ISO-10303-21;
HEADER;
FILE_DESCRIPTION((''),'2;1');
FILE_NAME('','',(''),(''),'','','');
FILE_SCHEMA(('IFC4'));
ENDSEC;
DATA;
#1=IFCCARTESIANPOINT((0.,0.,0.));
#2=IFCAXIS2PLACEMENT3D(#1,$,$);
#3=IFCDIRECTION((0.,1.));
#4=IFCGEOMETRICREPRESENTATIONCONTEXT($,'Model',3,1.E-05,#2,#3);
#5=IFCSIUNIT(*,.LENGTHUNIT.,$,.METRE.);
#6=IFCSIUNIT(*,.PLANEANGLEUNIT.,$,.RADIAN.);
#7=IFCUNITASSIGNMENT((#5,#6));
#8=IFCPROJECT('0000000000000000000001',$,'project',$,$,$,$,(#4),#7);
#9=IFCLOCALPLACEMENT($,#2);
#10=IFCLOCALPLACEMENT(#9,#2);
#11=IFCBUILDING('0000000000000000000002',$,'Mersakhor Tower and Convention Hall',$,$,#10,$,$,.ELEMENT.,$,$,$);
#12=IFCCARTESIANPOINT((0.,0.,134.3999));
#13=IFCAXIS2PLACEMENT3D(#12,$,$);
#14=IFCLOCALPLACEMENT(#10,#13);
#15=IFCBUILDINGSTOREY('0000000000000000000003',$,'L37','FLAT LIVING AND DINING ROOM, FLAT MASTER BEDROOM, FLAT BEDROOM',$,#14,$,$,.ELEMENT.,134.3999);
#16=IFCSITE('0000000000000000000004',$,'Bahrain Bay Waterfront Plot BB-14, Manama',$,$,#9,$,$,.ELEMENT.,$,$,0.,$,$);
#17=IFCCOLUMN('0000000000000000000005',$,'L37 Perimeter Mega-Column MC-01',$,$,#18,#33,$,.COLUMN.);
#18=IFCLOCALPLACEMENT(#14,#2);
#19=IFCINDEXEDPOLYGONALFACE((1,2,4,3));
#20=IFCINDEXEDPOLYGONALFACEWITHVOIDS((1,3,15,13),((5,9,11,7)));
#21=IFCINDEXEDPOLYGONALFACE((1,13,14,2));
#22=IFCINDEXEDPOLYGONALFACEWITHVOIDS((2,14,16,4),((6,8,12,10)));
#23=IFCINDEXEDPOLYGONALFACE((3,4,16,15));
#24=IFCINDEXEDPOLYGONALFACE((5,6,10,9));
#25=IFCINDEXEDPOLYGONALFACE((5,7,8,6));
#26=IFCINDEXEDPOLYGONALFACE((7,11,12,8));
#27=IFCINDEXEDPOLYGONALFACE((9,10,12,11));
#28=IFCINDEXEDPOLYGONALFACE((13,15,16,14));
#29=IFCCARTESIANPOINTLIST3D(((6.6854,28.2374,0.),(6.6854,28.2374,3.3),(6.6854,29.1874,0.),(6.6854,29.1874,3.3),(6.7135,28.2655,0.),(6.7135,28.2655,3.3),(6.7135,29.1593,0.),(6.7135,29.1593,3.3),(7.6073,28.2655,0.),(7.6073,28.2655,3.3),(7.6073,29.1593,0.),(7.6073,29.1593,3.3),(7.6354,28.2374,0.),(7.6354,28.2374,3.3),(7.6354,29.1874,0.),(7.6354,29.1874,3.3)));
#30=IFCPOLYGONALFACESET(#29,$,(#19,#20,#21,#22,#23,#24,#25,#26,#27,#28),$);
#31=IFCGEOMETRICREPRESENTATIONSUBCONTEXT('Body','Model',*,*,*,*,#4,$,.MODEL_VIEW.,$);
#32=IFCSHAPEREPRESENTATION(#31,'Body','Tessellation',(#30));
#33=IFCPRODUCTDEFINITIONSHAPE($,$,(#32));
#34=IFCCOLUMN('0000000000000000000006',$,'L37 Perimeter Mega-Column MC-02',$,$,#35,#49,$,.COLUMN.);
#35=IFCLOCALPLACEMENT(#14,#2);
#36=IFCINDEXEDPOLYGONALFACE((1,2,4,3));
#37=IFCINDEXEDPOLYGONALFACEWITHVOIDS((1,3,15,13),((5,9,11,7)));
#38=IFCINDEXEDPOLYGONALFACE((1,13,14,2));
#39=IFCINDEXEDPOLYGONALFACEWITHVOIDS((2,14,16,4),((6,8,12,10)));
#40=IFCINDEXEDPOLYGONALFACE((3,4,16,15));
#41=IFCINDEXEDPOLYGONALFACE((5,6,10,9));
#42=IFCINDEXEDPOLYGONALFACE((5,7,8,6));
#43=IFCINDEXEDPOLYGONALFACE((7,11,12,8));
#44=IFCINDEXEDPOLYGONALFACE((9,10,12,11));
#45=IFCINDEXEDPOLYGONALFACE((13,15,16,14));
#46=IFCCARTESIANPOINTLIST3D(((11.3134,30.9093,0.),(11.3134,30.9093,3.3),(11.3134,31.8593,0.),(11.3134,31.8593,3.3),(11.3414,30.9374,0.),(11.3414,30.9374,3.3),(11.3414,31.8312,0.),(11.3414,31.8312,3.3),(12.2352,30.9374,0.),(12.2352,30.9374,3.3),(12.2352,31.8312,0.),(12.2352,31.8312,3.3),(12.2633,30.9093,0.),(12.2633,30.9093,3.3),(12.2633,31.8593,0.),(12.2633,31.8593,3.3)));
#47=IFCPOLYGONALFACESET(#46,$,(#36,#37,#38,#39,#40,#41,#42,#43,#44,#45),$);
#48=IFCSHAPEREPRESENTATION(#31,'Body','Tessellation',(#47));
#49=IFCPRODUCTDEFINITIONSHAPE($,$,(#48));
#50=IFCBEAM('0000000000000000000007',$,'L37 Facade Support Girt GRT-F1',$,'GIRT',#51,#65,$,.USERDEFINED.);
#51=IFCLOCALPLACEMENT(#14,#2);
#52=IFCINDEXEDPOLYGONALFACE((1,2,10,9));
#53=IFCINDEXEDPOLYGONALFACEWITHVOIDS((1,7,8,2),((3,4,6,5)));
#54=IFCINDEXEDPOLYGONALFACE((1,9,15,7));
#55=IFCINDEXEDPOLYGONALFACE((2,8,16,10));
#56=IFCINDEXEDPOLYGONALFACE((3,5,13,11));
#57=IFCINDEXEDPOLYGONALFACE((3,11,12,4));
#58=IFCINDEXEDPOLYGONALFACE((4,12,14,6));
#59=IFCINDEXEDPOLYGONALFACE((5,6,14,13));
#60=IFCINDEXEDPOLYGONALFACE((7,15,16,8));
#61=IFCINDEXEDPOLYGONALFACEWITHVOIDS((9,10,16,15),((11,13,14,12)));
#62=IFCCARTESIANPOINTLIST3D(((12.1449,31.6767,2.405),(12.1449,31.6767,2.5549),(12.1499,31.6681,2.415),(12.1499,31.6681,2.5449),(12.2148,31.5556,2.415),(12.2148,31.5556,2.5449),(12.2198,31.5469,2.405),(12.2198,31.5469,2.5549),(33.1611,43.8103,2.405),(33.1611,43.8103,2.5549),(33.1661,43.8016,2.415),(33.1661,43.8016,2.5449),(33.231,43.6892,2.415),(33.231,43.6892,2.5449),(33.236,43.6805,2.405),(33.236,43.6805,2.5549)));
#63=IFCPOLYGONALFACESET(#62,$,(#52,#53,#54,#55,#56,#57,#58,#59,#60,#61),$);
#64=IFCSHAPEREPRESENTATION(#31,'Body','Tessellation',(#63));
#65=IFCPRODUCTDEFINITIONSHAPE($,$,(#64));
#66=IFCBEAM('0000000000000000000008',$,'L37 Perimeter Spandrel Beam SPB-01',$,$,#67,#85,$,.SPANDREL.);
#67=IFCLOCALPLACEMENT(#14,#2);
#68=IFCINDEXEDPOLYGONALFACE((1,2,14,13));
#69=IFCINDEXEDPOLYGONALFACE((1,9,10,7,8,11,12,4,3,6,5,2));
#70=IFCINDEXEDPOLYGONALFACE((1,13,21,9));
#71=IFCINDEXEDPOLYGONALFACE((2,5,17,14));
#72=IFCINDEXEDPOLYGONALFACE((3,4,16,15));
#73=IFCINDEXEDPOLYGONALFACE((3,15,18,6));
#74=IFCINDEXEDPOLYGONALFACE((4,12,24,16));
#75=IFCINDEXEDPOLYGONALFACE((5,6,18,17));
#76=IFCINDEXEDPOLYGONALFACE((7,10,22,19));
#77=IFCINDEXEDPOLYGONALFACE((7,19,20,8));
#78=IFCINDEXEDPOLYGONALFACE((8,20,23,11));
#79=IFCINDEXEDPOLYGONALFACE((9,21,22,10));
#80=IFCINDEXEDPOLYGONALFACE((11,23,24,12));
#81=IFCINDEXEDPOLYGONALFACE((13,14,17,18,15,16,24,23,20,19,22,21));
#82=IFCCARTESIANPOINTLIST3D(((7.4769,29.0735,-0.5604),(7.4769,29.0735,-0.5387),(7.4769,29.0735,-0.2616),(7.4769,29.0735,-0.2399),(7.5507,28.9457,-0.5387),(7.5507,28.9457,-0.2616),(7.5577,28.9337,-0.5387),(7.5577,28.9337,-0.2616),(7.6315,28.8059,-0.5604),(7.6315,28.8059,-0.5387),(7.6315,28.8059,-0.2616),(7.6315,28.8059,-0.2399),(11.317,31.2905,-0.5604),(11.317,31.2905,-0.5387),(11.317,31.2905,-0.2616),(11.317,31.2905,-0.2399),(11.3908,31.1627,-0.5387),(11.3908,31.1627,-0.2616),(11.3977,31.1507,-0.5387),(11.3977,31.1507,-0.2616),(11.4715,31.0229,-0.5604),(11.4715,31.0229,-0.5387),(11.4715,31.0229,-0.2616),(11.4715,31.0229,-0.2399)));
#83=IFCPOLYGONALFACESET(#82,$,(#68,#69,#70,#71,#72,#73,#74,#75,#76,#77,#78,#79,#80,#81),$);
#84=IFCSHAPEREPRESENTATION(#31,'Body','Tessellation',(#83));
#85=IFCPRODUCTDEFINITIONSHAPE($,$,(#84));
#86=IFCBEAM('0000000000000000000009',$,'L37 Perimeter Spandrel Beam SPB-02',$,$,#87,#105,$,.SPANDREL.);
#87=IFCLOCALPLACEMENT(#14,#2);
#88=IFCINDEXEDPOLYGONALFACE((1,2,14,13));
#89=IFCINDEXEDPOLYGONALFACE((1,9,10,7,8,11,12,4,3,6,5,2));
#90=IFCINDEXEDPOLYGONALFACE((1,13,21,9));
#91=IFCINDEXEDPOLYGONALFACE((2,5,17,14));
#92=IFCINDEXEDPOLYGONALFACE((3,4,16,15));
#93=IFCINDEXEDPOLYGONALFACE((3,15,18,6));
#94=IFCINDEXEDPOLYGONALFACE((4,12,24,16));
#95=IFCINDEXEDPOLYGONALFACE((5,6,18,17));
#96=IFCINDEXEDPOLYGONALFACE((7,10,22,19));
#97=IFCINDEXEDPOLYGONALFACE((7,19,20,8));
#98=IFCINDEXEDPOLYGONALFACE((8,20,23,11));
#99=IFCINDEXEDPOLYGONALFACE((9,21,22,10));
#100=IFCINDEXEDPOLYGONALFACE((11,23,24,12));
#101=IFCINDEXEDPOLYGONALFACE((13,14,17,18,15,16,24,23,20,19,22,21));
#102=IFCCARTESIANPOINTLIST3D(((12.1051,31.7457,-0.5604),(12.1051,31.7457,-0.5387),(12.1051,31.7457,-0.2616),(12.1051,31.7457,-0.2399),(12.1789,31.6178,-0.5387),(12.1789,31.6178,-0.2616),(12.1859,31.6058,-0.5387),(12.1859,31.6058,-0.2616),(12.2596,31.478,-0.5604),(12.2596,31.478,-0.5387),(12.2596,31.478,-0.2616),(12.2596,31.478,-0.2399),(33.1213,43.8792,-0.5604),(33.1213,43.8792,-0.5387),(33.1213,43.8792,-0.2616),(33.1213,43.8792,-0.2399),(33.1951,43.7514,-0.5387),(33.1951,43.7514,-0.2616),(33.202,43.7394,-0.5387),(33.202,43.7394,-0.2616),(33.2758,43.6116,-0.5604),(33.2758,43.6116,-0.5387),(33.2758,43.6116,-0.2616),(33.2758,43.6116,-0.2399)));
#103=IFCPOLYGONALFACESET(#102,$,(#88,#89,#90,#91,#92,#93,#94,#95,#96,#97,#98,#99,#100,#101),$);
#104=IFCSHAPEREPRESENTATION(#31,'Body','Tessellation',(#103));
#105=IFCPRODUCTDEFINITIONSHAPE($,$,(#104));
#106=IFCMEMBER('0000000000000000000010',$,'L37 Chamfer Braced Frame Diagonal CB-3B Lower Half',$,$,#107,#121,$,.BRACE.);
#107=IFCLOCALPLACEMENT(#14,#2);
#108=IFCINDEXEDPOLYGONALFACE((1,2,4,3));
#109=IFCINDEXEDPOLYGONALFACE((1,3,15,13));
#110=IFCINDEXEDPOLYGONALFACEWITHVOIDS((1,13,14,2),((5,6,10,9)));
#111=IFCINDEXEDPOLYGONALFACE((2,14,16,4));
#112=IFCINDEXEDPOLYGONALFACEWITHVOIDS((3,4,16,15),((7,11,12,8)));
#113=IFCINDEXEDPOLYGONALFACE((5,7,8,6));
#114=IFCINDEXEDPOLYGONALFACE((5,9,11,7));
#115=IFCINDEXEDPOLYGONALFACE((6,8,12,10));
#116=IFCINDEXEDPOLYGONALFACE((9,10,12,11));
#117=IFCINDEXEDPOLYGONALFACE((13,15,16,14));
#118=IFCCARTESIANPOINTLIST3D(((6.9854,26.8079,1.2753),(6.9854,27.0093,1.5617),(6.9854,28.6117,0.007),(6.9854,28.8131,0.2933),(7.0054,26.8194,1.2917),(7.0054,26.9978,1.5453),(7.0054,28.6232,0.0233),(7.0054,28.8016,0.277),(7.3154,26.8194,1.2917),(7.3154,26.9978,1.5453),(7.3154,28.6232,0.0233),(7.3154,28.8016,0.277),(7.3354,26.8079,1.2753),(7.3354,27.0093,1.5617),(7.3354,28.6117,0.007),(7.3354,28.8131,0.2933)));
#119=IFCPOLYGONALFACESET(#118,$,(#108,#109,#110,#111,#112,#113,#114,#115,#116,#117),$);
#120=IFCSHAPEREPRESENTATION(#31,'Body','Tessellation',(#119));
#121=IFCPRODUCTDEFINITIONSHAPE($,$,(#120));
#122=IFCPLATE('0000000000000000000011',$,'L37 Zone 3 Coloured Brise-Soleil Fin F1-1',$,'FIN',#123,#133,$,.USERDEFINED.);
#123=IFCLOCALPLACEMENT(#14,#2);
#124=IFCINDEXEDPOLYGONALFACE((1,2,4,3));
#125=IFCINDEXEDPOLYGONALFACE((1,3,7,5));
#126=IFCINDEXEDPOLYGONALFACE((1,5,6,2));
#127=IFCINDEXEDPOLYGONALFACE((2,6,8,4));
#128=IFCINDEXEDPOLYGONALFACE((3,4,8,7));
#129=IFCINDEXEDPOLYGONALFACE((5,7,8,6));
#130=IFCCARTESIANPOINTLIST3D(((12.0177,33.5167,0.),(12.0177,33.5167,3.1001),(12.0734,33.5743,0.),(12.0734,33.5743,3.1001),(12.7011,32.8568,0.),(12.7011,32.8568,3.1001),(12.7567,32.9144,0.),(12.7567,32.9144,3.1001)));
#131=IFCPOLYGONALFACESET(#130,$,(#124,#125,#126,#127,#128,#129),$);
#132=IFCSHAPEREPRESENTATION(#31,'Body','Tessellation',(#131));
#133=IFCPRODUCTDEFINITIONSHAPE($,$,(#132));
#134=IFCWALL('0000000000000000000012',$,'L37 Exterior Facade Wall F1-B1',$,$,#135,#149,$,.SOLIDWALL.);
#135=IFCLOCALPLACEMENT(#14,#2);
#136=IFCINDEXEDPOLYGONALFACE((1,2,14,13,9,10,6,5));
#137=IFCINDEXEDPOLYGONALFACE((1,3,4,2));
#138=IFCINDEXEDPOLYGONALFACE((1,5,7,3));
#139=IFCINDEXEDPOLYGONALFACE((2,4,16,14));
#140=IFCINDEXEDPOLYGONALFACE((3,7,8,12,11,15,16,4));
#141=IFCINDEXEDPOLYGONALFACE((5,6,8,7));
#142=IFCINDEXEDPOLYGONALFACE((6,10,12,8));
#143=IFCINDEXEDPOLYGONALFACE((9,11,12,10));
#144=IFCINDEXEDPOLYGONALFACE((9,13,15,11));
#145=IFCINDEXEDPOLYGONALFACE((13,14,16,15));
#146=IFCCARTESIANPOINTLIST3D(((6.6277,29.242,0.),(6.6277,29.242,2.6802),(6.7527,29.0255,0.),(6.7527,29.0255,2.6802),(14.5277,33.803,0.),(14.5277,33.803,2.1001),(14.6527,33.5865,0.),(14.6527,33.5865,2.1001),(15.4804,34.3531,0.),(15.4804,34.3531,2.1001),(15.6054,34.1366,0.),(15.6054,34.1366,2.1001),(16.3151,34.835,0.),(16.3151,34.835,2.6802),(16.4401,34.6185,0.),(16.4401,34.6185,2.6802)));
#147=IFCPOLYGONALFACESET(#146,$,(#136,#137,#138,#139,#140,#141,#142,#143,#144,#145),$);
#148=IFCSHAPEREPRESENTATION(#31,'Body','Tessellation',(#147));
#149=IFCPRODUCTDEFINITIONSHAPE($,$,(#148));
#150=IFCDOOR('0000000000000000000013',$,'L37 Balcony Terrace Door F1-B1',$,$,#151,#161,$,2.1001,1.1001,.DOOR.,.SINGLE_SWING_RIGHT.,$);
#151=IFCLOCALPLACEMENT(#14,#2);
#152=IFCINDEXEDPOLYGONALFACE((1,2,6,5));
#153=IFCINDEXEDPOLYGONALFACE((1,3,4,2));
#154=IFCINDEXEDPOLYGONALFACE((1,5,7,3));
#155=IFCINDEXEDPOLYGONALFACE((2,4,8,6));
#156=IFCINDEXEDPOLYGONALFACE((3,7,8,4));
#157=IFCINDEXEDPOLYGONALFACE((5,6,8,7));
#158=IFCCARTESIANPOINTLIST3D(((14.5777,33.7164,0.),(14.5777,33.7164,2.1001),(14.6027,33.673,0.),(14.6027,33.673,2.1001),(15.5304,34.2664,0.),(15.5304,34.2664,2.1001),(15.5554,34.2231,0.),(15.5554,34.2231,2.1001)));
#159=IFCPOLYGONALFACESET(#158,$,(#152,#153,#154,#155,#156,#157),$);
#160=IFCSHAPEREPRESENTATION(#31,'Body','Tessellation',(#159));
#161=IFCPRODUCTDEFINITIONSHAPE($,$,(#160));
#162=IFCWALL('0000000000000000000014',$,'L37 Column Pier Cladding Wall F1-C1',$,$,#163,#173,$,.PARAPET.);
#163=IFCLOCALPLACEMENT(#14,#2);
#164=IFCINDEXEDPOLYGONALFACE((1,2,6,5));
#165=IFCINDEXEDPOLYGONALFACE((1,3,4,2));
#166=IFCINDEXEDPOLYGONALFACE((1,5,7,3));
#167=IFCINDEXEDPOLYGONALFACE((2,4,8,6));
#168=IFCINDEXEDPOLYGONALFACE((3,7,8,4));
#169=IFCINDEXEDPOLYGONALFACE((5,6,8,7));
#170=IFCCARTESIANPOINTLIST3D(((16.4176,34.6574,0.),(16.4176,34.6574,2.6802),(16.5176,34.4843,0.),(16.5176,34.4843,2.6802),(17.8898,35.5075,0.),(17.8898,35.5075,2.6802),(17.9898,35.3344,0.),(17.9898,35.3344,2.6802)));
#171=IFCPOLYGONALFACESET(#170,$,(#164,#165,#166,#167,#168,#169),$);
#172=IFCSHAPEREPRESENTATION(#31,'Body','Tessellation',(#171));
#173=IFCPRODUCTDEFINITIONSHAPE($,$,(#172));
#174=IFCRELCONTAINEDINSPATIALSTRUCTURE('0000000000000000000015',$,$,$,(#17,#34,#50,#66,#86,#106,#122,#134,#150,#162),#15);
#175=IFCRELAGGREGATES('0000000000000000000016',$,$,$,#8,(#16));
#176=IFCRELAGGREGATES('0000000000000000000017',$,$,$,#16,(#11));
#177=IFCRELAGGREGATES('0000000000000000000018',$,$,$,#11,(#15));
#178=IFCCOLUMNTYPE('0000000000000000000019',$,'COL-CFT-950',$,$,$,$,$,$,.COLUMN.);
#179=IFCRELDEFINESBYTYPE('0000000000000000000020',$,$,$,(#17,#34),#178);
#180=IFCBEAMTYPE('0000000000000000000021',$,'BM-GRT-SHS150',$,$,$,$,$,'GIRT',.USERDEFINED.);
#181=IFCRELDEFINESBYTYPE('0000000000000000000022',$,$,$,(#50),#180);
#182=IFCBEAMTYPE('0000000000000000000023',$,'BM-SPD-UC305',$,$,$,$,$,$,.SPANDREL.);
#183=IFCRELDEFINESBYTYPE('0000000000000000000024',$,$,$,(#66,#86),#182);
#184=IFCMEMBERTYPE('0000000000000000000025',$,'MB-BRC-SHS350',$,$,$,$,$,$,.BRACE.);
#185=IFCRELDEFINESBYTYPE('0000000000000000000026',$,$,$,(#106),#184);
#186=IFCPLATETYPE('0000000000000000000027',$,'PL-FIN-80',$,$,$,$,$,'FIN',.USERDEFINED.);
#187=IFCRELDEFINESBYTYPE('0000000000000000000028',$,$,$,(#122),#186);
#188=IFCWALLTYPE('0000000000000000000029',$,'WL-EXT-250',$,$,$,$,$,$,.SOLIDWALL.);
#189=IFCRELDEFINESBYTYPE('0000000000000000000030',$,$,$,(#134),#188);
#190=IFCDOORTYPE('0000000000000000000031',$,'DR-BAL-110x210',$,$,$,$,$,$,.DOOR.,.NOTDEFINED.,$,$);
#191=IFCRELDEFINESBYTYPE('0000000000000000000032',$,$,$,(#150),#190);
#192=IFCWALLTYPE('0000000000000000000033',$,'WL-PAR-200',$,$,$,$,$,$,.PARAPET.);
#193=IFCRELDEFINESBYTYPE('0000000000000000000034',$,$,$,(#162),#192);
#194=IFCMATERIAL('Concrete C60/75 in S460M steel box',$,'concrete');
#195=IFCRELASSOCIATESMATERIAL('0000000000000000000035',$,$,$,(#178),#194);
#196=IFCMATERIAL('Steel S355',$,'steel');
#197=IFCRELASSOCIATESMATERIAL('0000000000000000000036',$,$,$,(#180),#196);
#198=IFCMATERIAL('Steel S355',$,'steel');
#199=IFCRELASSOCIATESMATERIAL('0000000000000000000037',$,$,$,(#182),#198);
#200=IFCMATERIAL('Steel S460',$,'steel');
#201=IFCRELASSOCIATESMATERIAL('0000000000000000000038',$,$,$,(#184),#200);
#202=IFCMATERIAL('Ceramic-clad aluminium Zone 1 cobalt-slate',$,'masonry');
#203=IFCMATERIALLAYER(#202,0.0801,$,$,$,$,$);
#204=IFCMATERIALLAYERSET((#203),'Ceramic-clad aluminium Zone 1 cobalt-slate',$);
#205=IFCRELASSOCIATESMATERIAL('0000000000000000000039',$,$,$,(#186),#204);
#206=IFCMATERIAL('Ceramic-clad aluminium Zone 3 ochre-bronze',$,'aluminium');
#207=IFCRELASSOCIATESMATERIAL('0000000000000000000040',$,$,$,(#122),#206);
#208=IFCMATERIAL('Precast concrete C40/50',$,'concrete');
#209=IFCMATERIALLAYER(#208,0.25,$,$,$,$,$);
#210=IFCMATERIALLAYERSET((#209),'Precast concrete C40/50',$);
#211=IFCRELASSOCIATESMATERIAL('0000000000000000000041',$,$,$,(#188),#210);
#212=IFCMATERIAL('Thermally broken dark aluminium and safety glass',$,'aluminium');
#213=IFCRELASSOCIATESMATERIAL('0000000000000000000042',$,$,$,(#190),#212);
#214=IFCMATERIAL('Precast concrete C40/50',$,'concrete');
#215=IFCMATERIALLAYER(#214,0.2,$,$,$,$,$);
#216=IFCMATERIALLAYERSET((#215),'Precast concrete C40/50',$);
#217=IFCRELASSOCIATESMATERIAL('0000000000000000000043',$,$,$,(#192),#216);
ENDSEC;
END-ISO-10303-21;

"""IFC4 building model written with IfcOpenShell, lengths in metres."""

from ifc_helpers import new_model, si_unit, direction, frame, frame_2d, origin, origin_2d, place, context, subcontext, project, spatial, rectangle, hollow_rectangle, i_section, extrude, material, layer, layer_set, material_profile, profile_set, type_object, element, fill, save


model = new_model("IFC4")

# Units and contexts
model_context = context("Model", 3, precision=1e-05, world=origin(), true_north=direction((0.0, 1.0)))
body_context = subcontext(model_context, "Body", "Model", "MODEL_VIEW")
ifc_project = project(units=[si_unit("LENGTHUNIT", "METRE"), si_unit("PLANEANGLEUNIT", "RADIAN")], contexts=[model_context])

# Site, building, storey
site_placement = place(None, origin())
site = spatial("IfcSite", under=ifc_project, at=site_placement, Name="Bahrain Bay Waterfront Plot BB-14, Manama", CompositionType="ELEMENT", RefElevation=0.0)
building_placement = place(site_placement, origin())
building = spatial("IfcBuilding", under=site, at=building_placement, Name="Mersakhor Tower and Convention Hall", CompositionType="ELEMENT")
storey_placement = place(building_placement, frame((0.0, 0.0, 134.3999)))
storey = spatial("IfcBuildingStorey", under=building, at=storey_placement, Name="L37", Description="FLAT LIVING AND DINING ROOM, FLAT MASTER BEDROOM, FLAT BEDROOM", CompositionType="ELEMENT", Elevation=134.3999)

# Columns
ifc_material_1 = material(Name="Concrete C60/75 in S460M steel box", Category="concrete")
ifc_material_profile_1 = material_profile(ifc_material_1, hollow_rectangle(XDim=0.95, YDim=0.95, WallThickness=0.0281, at=origin_2d()), Name="SHS 950x950x28")
ifc_profile_set_1 = profile_set([ifc_material_profile_1], Name="Concrete C60/75 in S460M steel box")
column_type = type_object("IfcColumnType", Name="COL-CFT-950", PredefinedType="COLUMN", material=ifc_profile_set_1)
for number, where, z_axis, x_axis, name in (
    (1, (7.1604, 28.7124, 0.0), (0.0, 0.0, 1.0), (1.0, 0.0, 0.0), "L37 Perimeter Mega-Column MC-01"),
    (2, (11.7883, 31.3843, 0.0), (0.0, 0.0, 1.0), (1.0, 0.0, 0.0), "L37 Perimeter Mega-Column MC-02"),
):
    element("IfcColumn", number, at=place(storey_placement, frame(where, z_axis=z_axis, x_axis=x_axis)), inside=storey, type_object=column_type, Name=name, PredefinedType="COLUMN", context=body_context, shape_type="SweptSolid", body=[
        extrude(hollow_rectangle(XDim=0.95, YDim=0.95, WallThickness=0.0281, at=origin_2d()), origin(), (0.0, 0.0, 1.0), 3.3),
    ])

# Beams
ifc_material_2 = material(Name="Steel S355", Category="steel")
ifc_material_profile_2 = material_profile(ifc_material_2, hollow_rectangle(XDim=0.1499, YDim=0.1499, WallThickness=0.01, at=origin_2d()), Name="SHS 150x150x10")
ifc_profile_set_2 = profile_set([ifc_material_profile_2], Name="Steel S355")
beam_type_1 = type_object("IfcBeamType", Name="BM-GRT-SHS150", ElementType="GIRT", PredefinedType="USERDEFINED", material=ifc_profile_set_2)
beam_1_placement = place(storey_placement, frame((12.1824, 31.6118, 2.48), z_axis=(0.866027, 0.499996, 0.0), x_axis=(-0.499996, 0.866027, 0.0)))
element("IfcBeam", 3, at=beam_1_placement, inside=storey, type_object=beam_type_1, Name="L37 Facade Support Girt GRT-F1", ObjectType="GIRT", PredefinedType="USERDEFINED", context=body_context, shape_type="SweptSolid", body=[
    extrude(hollow_rectangle(XDim=0.1499, YDim=0.1499, WallThickness=0.01, at=origin_2d()), origin(), (0.0, 0.0, 1.0), 24.2673),
])
ifc_material_3 = material(Name="Steel S355", Category="steel")
ifc_material_profile_3 = material_profile(ifc_material_3, i_section(OverallWidth=0.3091, OverallDepth=0.3206, WebThickness=0.0139, FlangeThickness=0.0217, at=origin_2d()), Name="UC 305x305x137")
ifc_profile_set_3 = profile_set([ifc_material_profile_3], Name="Steel S355")
beam_type_2 = type_object("IfcBeamType", Name="BM-SPD-UC305", PredefinedType="SPANDREL", material=ifc_profile_set_3)
beam_2_placement = place(storey_placement, frame((7.5542, 28.9397, -0.4001), z_axis=(0.866029, 0.499994, 0.0), x_axis=(-0.499994, 0.866029, 0.0)))
element("IfcBeam", 4, at=beam_2_placement, inside=storey, type_object=beam_type_2, Name="L37 Perimeter Spandrel Beam SPB-01", PredefinedType="SPANDREL", context=body_context, shape_type="SweptSolid", body=[
    extrude(i_section(OverallWidth=0.3091, OverallDepth=0.3206, WebThickness=0.0139, FlangeThickness=0.0217, at=origin_2d()), origin(), (0.0, 0.0, 1.0), 4.4341),
])
beam_3_placement = place(storey_placement, frame((12.1824, 31.6118, -0.4001), z_axis=(0.866027, 0.499996, 0.0), x_axis=(-0.499996, 0.866027, 0.0)))
element("IfcBeam", 5, at=beam_3_placement, inside=storey, type_object=beam_type_2, Name="L37 Perimeter Spandrel Beam SPB-02", PredefinedType="SPANDREL", context=body_context, shape_type="SweptSolid", body=[
    extrude(i_section(OverallWidth=0.3091, OverallDepth=0.3206, WebThickness=0.0139, FlangeThickness=0.0217, at=origin_2d()), origin(), (0.0, 0.0, 1.0), 24.2673),
])

# Member
ifc_material_4 = material(Name="Steel S460", Category="steel")
ifc_material_profile_4 = material_profile(ifc_material_4, hollow_rectangle(XDim=0.3501, YDim=0.3501, WallThickness=0.02, at=origin_2d()), Name="SHS 350x350x20")
ifc_profile_set_4 = profile_set([ifc_material_profile_4], Name="Steel S460")
member_type = type_object("IfcMemberType", Name="MB-BRC-SHS350", PredefinedType="BRACE", material=ifc_profile_set_4)
member_placement = place(storey_placement, frame((7.1604, 28.7124, 0.1501), z_axis=(0.0, -0.818013, 0.5752), x_axis=(1.0, 0.0, 0.0)))
element("IfcMember", 6, at=member_placement, inside=storey, type_object=member_type, Name="L37 Chamfer Braced Frame Diagonal CB-3B Lower Half", PredefinedType="BRACE", context=body_context, shape_type="SweptSolid", body=[
    extrude(hollow_rectangle(XDim=0.3501, YDim=0.3501, WallThickness=0.02, at=origin_2d()), origin(), (0.0, 0.0, 1.0), 2.2051),
])

# Plate
ifc_material_5 = material(Name="Ceramic-clad aluminium Zone 3 ochre-bronze", Category="aluminium")
ifc_material_6 = material(Name="Ceramic-clad aluminium Zone 1 cobalt-slate", Category="masonry")
ifc_layer_1 = layer(ifc_material_6, 0.0801)
ifc_layer_set_1 = layer_set([ifc_layer_1], Name="Ceramic-clad aluminium Zone 1 cobalt-slate")
plate_type = type_object("IfcPlateType", Name="PL-FIN-80", ElementType="FIN", PredefinedType="USERDEFINED", material=ifc_layer_set_1)
plate_placement = place(storey_placement, frame((12.3872, 33.2156, 0.0), z_axis=(0.0, 0.0, 1.0), x_axis=(-0.71934, 0.694658, 0.0)))
element("IfcPlate", 7, at=plate_placement, inside=storey, type_object=plate_type, material=ifc_material_5, Name="L37 Zone 3 Coloured Brise-Soleil Fin F1-1", ObjectType="FIN", PredefinedType="USERDEFINED", context=body_context, shape_type="SweptSolid", body=[
    extrude(rectangle(XDim=0.95, YDim=0.0801, at=origin_2d()), origin(), (0.0, 0.0, 1.0), 3.1001),
])

# Wall, opening, door
ifc_material_7 = material(Name="Precast concrete C40/50", Category="concrete")
ifc_layer_2 = layer(ifc_material_7, 0.25)
ifc_layer_set_2 = layer_set([ifc_layer_2], Name="Precast concrete C40/50")
wall_type_1 = type_object("IfcWallType", Name="WL-EXT-250", PredefinedType="SOLIDWALL", material=ifc_layer_set_2)
wall_1_placement = place(storey_placement, frame((6.6902, 29.1338, 0.0), z_axis=(0.0, 0.0, 1.0), x_axis=(0.866028, 0.499996, 0.0)))
wall_1 = element("IfcWall", 8, at=wall_1_placement, inside=storey, type_object=wall_type_1, Name="L37 Exterior Facade Wall F1-B1", PredefinedType="SOLIDWALL", context=body_context, shape_type="SweptSolid", body=[
    extrude(rectangle(XDim=11.186, YDim=0.25, at=frame_2d((5.593, 0.0))), origin(), (0.0, 0.0, 1.0), 2.6802),
])
opening_1_placement = place(wall_1_placement, frame((9.1221, 0.0, 0.0)))
opening_1 = element("IfcOpeningElement", 9, at=opening_1_placement, cuts=wall_1, PredefinedType="OPENING", context=body_context, shape_type="SweptSolid", body=[
    extrude(rectangle(XDim=1.1001, YDim=2.1001, at=frame_2d((0.55, 1.05))), frame((0.0, 0.135, 0.0), z_axis=(0.0, -1.0, 0.0), x_axis=(1.0, 0.0, 0.0)), (0.0, 0.0, 1.0), 0.27),
])
ifc_material_8 = material(Name="Thermally broken dark aluminium and safety glass", Category="aluminium")
door_type_1 = type_object("IfcDoorType", Name="DR-BAL-110x210", OperationType="NOTDEFINED", PredefinedType="DOOR", material=ifc_material_8)
door_1_placement = place(opening_1_placement, origin())
door_1 = element("IfcDoor", 10, at=door_1_placement, inside=storey, type_object=door_type_1, Name="L37 Balcony Terrace Door F1-B1", OperationType="SINGLE_SWING_RIGHT", OverallHeight=2.1001, OverallWidth=1.1001, PredefinedType="DOOR", context=body_context, shape_type="SweptSolid", body=[
    extrude(rectangle(XDim=1.1001, YDim=2.1001, at=frame_2d((0.55, 1.05))), frame((0.0, 0.0249, 0.0), z_axis=(0.0, -1.0, 0.0), x_axis=(1.0, 0.0, 0.0)), (0.0, 0.0, 1.0), 0.05),
])
fill(opening_1, door_1)

# Wall
ifc_material_9 = material(Name="Precast concrete C40/50", Category="concrete")
ifc_layer_3 = layer(ifc_material_9, 0.2)
ifc_layer_set_3 = layer_set([ifc_layer_3], Name="Precast concrete C40/50")
wall_type_2 = type_object("IfcWallType", Name="WL-PAR-200", PredefinedType="PARAPET", material=ifc_layer_set_3)
wall_2_placement = place(storey_placement, frame((16.4675, 34.5708, 0.0), z_axis=(0.0, 0.0, 1.0), x_axis=(0.865989, 0.500062, 0.0)))
element("IfcWall", 11, at=wall_2_placement, inside=storey, type_object=wall_type_2, Name="L37 Column Pier Cladding Wall F1-C1", PredefinedType="PARAPET", context=body_context, shape_type="SweptSolid", body=[
    extrude(rectangle(XDim=1.7, YDim=0.2, at=frame_2d((0.8501, 0.0))), origin(), (0.0, 0.0, 1.0), 2.6802),
])

save(model, "model.ifc")
